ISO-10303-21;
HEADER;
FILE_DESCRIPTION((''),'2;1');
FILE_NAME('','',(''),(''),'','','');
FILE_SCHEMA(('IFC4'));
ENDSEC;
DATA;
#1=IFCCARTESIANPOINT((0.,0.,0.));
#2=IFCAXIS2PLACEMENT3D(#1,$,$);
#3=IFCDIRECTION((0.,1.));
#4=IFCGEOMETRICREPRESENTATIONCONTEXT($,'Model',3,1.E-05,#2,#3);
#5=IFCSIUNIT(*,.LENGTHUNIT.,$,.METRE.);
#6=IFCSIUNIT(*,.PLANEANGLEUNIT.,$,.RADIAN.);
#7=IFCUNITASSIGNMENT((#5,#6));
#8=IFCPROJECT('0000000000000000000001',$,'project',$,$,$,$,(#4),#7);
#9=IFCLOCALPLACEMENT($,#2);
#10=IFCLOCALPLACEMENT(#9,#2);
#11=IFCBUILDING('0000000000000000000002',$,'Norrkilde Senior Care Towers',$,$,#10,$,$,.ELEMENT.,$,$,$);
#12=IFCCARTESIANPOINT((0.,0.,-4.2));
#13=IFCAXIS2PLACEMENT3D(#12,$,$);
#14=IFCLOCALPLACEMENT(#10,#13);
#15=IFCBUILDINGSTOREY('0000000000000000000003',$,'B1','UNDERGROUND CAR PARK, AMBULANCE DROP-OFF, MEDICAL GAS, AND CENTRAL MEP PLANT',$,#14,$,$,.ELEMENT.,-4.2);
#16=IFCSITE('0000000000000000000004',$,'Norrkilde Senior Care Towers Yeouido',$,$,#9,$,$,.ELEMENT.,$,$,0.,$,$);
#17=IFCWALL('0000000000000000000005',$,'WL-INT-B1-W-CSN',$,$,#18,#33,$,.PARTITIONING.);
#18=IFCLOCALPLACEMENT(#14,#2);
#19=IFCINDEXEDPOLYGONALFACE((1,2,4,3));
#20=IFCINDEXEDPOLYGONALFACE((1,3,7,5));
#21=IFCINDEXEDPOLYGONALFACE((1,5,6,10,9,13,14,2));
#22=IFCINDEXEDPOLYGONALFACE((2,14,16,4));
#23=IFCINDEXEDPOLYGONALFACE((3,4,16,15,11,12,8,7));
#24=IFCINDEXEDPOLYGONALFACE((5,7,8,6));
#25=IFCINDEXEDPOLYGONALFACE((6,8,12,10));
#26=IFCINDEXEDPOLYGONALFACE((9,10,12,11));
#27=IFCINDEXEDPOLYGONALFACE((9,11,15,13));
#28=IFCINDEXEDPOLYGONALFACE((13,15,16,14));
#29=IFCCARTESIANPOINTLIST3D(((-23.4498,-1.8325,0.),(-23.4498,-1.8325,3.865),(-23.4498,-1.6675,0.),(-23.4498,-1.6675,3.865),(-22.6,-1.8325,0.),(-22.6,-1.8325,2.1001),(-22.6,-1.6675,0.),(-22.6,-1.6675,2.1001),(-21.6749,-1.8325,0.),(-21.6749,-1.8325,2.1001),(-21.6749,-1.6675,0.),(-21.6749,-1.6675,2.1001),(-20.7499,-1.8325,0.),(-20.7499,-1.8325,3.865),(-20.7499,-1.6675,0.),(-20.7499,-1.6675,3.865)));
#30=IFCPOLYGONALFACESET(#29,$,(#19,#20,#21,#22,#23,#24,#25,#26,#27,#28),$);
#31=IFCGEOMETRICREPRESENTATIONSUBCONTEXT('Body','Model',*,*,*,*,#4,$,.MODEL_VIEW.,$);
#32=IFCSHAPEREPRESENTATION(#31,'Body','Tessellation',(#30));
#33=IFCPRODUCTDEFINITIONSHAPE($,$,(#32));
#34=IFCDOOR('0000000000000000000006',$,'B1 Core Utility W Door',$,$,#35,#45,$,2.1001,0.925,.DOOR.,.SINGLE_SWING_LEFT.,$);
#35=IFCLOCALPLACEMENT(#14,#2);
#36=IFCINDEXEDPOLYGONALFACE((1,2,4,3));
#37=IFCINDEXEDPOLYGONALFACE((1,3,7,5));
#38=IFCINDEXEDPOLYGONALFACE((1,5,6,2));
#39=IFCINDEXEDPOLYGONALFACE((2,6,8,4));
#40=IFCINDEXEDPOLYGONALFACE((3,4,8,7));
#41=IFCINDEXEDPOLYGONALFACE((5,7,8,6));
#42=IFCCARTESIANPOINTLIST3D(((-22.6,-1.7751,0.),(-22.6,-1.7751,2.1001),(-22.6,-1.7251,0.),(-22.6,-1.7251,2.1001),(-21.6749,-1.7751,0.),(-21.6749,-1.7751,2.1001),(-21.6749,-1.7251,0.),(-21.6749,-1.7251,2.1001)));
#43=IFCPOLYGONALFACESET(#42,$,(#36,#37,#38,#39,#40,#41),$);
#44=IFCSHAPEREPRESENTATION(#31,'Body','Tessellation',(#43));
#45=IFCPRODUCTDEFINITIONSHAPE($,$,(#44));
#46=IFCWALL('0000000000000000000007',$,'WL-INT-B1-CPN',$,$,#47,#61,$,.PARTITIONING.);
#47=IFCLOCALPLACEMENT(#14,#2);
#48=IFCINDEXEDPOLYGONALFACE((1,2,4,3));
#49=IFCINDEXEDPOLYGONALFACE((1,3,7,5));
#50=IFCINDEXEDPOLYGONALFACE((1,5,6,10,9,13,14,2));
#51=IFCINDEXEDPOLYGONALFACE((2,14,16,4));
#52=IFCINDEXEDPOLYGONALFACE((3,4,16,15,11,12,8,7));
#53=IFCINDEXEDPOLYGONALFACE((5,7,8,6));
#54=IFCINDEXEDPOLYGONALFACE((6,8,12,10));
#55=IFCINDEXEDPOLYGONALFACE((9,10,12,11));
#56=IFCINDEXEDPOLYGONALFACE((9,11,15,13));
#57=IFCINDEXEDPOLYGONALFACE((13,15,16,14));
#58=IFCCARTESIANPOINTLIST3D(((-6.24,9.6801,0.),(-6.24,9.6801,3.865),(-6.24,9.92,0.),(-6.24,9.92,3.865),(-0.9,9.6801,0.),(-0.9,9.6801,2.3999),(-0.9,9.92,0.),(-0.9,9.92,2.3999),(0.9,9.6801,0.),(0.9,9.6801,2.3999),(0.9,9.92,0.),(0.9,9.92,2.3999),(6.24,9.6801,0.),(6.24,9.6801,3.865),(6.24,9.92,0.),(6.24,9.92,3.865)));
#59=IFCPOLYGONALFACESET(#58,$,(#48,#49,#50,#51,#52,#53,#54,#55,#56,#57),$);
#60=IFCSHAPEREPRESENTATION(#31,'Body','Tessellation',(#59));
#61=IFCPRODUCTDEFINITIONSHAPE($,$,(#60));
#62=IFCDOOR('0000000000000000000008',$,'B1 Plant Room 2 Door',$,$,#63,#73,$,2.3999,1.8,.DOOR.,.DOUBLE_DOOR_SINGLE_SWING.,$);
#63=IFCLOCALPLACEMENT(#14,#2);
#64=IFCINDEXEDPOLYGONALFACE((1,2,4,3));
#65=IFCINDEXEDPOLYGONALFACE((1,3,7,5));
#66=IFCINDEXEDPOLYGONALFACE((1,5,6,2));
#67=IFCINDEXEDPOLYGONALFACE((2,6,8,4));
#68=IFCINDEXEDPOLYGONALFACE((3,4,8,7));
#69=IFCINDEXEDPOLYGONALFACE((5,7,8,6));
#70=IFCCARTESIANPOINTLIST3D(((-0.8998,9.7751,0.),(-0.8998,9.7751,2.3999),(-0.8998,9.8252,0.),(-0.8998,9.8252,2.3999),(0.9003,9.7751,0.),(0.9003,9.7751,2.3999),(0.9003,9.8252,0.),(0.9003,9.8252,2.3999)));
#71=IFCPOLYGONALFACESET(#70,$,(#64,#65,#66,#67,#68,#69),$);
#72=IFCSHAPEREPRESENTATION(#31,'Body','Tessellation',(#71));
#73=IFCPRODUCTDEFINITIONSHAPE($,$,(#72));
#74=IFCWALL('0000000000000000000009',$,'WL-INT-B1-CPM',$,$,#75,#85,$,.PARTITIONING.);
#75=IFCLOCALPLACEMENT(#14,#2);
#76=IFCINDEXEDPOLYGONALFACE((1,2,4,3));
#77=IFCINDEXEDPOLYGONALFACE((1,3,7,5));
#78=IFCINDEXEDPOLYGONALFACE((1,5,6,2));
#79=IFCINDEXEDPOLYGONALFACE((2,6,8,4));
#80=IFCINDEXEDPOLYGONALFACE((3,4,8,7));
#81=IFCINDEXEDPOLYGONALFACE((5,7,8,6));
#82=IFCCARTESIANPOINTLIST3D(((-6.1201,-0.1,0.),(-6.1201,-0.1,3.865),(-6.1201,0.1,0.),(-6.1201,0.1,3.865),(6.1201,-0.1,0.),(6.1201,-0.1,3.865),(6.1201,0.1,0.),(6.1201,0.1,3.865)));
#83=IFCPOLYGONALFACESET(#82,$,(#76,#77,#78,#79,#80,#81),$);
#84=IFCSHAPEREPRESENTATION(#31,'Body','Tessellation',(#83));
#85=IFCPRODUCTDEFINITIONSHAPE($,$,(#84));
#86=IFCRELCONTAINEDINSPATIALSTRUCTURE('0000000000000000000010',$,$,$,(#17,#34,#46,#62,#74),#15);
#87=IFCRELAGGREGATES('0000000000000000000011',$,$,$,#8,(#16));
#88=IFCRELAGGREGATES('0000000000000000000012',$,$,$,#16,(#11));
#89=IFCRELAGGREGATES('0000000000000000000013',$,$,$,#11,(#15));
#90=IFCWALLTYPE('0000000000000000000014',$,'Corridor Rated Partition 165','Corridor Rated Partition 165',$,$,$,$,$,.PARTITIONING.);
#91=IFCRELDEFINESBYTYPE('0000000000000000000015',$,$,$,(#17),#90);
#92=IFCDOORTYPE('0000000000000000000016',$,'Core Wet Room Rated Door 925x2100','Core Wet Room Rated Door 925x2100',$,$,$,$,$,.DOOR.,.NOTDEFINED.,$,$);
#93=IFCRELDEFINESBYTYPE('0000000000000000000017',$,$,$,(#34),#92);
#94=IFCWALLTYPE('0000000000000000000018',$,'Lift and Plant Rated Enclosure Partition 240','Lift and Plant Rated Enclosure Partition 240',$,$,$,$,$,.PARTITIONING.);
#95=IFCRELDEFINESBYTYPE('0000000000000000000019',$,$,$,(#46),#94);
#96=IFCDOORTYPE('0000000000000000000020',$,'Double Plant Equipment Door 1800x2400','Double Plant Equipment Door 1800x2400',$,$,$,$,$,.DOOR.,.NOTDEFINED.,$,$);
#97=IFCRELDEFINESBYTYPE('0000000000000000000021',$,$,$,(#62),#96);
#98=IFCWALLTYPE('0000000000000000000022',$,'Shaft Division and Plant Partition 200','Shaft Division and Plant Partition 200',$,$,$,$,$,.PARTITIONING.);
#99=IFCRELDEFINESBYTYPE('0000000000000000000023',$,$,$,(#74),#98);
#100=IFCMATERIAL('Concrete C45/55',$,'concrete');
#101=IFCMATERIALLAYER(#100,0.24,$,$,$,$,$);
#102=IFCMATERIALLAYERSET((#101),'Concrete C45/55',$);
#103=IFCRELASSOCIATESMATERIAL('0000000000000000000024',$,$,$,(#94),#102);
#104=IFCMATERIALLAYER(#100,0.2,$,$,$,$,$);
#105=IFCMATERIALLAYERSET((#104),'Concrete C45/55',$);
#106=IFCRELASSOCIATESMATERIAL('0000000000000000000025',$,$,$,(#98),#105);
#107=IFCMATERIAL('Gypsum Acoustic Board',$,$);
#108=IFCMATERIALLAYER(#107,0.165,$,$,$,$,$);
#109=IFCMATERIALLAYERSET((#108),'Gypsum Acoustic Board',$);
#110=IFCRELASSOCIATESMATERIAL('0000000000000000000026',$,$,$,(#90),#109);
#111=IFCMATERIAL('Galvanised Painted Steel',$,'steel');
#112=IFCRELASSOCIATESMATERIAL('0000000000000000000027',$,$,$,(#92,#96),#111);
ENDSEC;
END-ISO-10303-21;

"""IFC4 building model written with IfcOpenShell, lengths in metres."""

from ifc_helpers import new_model, si_unit, direction, frame, frame_2d, origin, place, context, subcontext, project, spatial, rectangle, extrude, source, transform, mapped, material, layer, layer_set, type_object, type_shapes, element, fill, save


model = new_model("IFC4")

# Units and contexts
model_context = context("Model", 3, precision=1e-05, world=origin(), true_north=direction((0.0, 1.0)))
body_context = subcontext(model_context, "Body", "Model", "MODEL_VIEW")
ifc_project = project(units=[si_unit("LENGTHUNIT", "METRE"), si_unit("PLANEANGLEUNIT", "RADIAN")], contexts=[model_context])

# Site, building, storey
site_placement = place(None, origin())
site = spatial("IfcSite", under=ifc_project, at=site_placement, Name="Norrkilde Senior Care Towers Yeouido", CompositionType="ELEMENT", RefElevation=0.0)
building_placement = place(site_placement, origin())
building = spatial("IfcBuilding", under=site, at=building_placement, Name="Norrkilde Senior Care Towers", CompositionType="ELEMENT")
storey_placement = place(building_placement, frame((0.0, 0.0, -4.2)))
storey = spatial("IfcBuildingStorey", under=building, at=storey_placement, Name="B1", Description="UNDERGROUND CAR PARK, AMBULANCE DROP-OFF, MEDICAL GAS, AND CENTRAL MEP PLANT", CompositionType="ELEMENT", Elevation=-4.2)

# Shared definitions
ifc_material_1 = material(Name="Concrete C45/55", Category="concrete")

# Shared definitions
ifc_material_2 = material(Name="Galvanised Painted Steel", Category="steel")

# Shared definitions
ifc_layer_1 = layer(ifc_material_1, 0.24)
ifc_layer_set_1 = layer_set([ifc_layer_1], Name="Concrete C45/55")
wall_type_1 = type_object("IfcWallType", Name="Lift and Plant Rated Enclosure Partition 240", Description="Lift and Plant Rated Enclosure Partition 240", PredefinedType="PARTITIONING", material=ifc_layer_set_1)

# Shared definitions
ifc_layer_2 = layer(ifc_material_1, 0.2)
ifc_layer_set_2 = layer_set([ifc_layer_2], Name="Concrete C45/55")
wall_type_2 = type_object("IfcWallType", Name="Shaft Division and Plant Partition 200", Description="Shaft Division and Plant Partition 200", PredefinedType="PARTITIONING", material=ifc_layer_set_2)

# Walls, openings, doors
ifc_material_3 = material(Name="Gypsum Acoustic Board")
ifc_layer_3 = layer(ifc_material_3, 0.165)
ifc_layer_set_3 = layer_set([ifc_layer_3], Name="Gypsum Acoustic Board")
wall_type_3 = type_object("IfcWallType", Name="Corridor Rated Partition 165", Description="Corridor Rated Partition 165", PredefinedType="PARTITIONING", material=ifc_layer_set_3)
shared_shape_1 = source(origin(), body_context, "Body", "SweptSolid", [
    extrude(rectangle(XDim=2.7, YDim=0.165, at=frame_2d((1.3501, 0.0))), origin(), (0.0, 0.0, 1.0), 3.865),
])
type_shapes(wall_type_3, [shared_shape_1])
wall_1_placement = place(storey_placement, frame((-23.45, -1.75, 0.0), z_axis=(0.0, 0.0, 1.0), x_axis=(1.0, 0.0, 0.0)))
wall_1 = element("IfcWall", 1, at=wall_1_placement, inside=storey, type_object=wall_type_3, Name="WL-INT-B1-W-CSN", PredefinedType="PARTITIONING", context=body_context, shape_type="MappedRepresentation", body=[
    mapped(shared_shape_1, transform((0.0, 0.0, 0.0), x_axis=(1.0, 0.0, 0.0), y_axis=(0.0, 1.0, 0.0), z_axis=(0.0, 0.0, 1.0), scale=1.0)),
])
opening_1_placement = place(wall_1_placement, frame((0.8501, 0.0, 0.0)))
opening_1 = element("IfcOpeningElement", 2, at=opening_1_placement, cuts=wall_1, PredefinedType="OPENING", context=body_context, shape_type="SweptSolid", body=[
    extrude(rectangle(XDim=0.925, YDim=2.1001, at=frame_2d((0.4624, 1.05))), frame((0.0, 0.0925, 0.0), z_axis=(0.0, -1.0, 0.0), x_axis=(1.0, 0.0, 0.0)), (0.0, 0.0, 1.0), 0.1851),
])
door_type_1 = type_object("IfcDoorType", Name="Core Wet Room Rated Door 925x2100", Description="Core Wet Room Rated Door 925x2100", OperationType="NOTDEFINED", PredefinedType="DOOR", material=ifc_material_2)
shared_shape_2 = source(origin(), body_context, "Body", "SweptSolid", [
    extrude(rectangle(XDim=0.925, YDim=2.1001, at=frame_2d((0.4624, 1.05))), frame((0.0, 0.0249, 0.0), z_axis=(0.0, -1.0, 0.0), x_axis=(1.0, 0.0, 0.0)), (0.0, 0.0, 1.0), 0.05),
])
type_shapes(door_type_1, [shared_shape_2])
door_1_placement = place(opening_1_placement, origin())
door_1 = element("IfcDoor", 3, at=door_1_placement, inside=storey, type_object=door_type_1, Name="B1 Core Utility W Door", OperationType="SINGLE_SWING_LEFT", OverallHeight=2.1001, OverallWidth=0.925, PredefinedType="DOOR", context=body_context, shape_type="MappedRepresentation", body=[
    mapped(shared_shape_2, transform((0.0, 0.0, 0.0), x_axis=(1.0, 0.0, 0.0), y_axis=(0.0, 1.0, 0.0), z_axis=(0.0, 0.0, 1.0), scale=1.0)),
])
fill(opening_1, door_1)
shared_shape_3 = source(origin(), body_context, "Body", "SweptSolid", [
    extrude(rectangle(XDim=12.48, YDim=0.24, at=frame_2d((6.24, 0.0))), origin(), (0.0, 0.0, 1.0), 3.865),
])
wall_2_placement = place(storey_placement, frame((-6.24, 9.8, 0.0), z_axis=(0.0, 0.0, 1.0), x_axis=(1.0, 0.0, 0.0)))
wall_2 = element("IfcWall", 4, at=wall_2_placement, inside=storey, type_object=wall_type_1, Name="WL-INT-B1-CPN", PredefinedType="PARTITIONING", context=body_context, shape_type="MappedRepresentation", body=[
    mapped(shared_shape_3, transform((0.0, 0.0, 0.0), x_axis=(1.0, 0.0, 0.0), y_axis=(0.0, 1.0, 0.0), z_axis=(0.0, 0.0, 1.0), scale=1.0)),
])
opening_2_placement = place(wall_2_placement, frame((5.3401, 0.0, 0.0)))
opening_2 = element("IfcOpeningElement", 5, at=opening_2_placement, cuts=wall_2, PredefinedType="OPENING", context=body_context, shape_type="SweptSolid", body=[
    extrude(rectangle(XDim=1.8, YDim=2.3999, at=frame_2d((0.8999, 1.2))), frame((0.0, 0.1299, 0.0), z_axis=(0.0, -1.0, 0.0), x_axis=(1.0, 0.0, 0.0)), (0.0, 0.0, 1.0), 0.26),
])
door_type_2 = type_object("IfcDoorType", Name="Double Plant Equipment Door 1800x2400", Description="Double Plant Equipment Door 1800x2400", OperationType="NOTDEFINED", PredefinedType="DOOR", material=ifc_material_2)
shared_shape_4 = source(origin(), body_context, "Body", "SweptSolid", [
    extrude(rectangle(XDim=1.8, YDim=2.3999, at=frame_2d((0.8999, 1.2))), frame((0.0, 0.0249, 0.0), z_axis=(0.0, -1.0, 0.0), x_axis=(1.0, 0.0, 0.0)), (0.0, 0.0, 1.0), 0.05),
])
type_shapes(door_type_2, [shared_shape_4])
door_2_placement = place(opening_2_placement, frame((1.8, 0.0, 0.0), z_axis=(0.0, 0.0, 1.0), x_axis=(-1.0, 0.0, 0.0)))
door_2 = element("IfcDoor", 6, at=door_2_placement, inside=storey, type_object=door_type_2, Name="B1 Plant Room 2 Door", OperationType="DOUBLE_DOOR_SINGLE_SWING", OverallHeight=2.3999, OverallWidth=1.8, PredefinedType="DOOR", context=body_context, shape_type="MappedRepresentation", body=[
    mapped(shared_shape_4, transform((0.0, 0.0, 0.0), x_axis=(1.0, 0.0, 0.0), y_axis=(0.0, 1.0, 0.0), z_axis=(0.0, 0.0, 1.0), scale=1.0)),
])
fill(opening_2, door_2)

# Wall
shared_shape_5 = source(origin(), body_context, "Body", "SweptSolid", [
    extrude(rectangle(XDim=12.2402, YDim=0.2, at=frame_2d((6.1201, 0.0))), origin(), (0.0, 0.0, 1.0), 3.865),
])
wall_3_placement = place(storey_placement, frame((-6.1201, 0.0, 0.0), z_axis=(0.0, 0.0, 1.0), x_axis=(1.0, 0.0, 0.0)))
element("IfcWall", 7, at=wall_3_placement, inside=storey, type_object=wall_type_2, Name="WL-INT-B1-CPM", PredefinedType="PARTITIONING", context=body_context, shape_type="MappedRepresentation", body=[
    mapped(shared_shape_5, transform((0.0, 0.0, 0.0), x_axis=(1.0, 0.0, 0.0), y_axis=(0.0, 1.0, 0.0), z_axis=(0.0, 0.0, 1.0), scale=1.0)),
])

save(model, "model.ifc")
